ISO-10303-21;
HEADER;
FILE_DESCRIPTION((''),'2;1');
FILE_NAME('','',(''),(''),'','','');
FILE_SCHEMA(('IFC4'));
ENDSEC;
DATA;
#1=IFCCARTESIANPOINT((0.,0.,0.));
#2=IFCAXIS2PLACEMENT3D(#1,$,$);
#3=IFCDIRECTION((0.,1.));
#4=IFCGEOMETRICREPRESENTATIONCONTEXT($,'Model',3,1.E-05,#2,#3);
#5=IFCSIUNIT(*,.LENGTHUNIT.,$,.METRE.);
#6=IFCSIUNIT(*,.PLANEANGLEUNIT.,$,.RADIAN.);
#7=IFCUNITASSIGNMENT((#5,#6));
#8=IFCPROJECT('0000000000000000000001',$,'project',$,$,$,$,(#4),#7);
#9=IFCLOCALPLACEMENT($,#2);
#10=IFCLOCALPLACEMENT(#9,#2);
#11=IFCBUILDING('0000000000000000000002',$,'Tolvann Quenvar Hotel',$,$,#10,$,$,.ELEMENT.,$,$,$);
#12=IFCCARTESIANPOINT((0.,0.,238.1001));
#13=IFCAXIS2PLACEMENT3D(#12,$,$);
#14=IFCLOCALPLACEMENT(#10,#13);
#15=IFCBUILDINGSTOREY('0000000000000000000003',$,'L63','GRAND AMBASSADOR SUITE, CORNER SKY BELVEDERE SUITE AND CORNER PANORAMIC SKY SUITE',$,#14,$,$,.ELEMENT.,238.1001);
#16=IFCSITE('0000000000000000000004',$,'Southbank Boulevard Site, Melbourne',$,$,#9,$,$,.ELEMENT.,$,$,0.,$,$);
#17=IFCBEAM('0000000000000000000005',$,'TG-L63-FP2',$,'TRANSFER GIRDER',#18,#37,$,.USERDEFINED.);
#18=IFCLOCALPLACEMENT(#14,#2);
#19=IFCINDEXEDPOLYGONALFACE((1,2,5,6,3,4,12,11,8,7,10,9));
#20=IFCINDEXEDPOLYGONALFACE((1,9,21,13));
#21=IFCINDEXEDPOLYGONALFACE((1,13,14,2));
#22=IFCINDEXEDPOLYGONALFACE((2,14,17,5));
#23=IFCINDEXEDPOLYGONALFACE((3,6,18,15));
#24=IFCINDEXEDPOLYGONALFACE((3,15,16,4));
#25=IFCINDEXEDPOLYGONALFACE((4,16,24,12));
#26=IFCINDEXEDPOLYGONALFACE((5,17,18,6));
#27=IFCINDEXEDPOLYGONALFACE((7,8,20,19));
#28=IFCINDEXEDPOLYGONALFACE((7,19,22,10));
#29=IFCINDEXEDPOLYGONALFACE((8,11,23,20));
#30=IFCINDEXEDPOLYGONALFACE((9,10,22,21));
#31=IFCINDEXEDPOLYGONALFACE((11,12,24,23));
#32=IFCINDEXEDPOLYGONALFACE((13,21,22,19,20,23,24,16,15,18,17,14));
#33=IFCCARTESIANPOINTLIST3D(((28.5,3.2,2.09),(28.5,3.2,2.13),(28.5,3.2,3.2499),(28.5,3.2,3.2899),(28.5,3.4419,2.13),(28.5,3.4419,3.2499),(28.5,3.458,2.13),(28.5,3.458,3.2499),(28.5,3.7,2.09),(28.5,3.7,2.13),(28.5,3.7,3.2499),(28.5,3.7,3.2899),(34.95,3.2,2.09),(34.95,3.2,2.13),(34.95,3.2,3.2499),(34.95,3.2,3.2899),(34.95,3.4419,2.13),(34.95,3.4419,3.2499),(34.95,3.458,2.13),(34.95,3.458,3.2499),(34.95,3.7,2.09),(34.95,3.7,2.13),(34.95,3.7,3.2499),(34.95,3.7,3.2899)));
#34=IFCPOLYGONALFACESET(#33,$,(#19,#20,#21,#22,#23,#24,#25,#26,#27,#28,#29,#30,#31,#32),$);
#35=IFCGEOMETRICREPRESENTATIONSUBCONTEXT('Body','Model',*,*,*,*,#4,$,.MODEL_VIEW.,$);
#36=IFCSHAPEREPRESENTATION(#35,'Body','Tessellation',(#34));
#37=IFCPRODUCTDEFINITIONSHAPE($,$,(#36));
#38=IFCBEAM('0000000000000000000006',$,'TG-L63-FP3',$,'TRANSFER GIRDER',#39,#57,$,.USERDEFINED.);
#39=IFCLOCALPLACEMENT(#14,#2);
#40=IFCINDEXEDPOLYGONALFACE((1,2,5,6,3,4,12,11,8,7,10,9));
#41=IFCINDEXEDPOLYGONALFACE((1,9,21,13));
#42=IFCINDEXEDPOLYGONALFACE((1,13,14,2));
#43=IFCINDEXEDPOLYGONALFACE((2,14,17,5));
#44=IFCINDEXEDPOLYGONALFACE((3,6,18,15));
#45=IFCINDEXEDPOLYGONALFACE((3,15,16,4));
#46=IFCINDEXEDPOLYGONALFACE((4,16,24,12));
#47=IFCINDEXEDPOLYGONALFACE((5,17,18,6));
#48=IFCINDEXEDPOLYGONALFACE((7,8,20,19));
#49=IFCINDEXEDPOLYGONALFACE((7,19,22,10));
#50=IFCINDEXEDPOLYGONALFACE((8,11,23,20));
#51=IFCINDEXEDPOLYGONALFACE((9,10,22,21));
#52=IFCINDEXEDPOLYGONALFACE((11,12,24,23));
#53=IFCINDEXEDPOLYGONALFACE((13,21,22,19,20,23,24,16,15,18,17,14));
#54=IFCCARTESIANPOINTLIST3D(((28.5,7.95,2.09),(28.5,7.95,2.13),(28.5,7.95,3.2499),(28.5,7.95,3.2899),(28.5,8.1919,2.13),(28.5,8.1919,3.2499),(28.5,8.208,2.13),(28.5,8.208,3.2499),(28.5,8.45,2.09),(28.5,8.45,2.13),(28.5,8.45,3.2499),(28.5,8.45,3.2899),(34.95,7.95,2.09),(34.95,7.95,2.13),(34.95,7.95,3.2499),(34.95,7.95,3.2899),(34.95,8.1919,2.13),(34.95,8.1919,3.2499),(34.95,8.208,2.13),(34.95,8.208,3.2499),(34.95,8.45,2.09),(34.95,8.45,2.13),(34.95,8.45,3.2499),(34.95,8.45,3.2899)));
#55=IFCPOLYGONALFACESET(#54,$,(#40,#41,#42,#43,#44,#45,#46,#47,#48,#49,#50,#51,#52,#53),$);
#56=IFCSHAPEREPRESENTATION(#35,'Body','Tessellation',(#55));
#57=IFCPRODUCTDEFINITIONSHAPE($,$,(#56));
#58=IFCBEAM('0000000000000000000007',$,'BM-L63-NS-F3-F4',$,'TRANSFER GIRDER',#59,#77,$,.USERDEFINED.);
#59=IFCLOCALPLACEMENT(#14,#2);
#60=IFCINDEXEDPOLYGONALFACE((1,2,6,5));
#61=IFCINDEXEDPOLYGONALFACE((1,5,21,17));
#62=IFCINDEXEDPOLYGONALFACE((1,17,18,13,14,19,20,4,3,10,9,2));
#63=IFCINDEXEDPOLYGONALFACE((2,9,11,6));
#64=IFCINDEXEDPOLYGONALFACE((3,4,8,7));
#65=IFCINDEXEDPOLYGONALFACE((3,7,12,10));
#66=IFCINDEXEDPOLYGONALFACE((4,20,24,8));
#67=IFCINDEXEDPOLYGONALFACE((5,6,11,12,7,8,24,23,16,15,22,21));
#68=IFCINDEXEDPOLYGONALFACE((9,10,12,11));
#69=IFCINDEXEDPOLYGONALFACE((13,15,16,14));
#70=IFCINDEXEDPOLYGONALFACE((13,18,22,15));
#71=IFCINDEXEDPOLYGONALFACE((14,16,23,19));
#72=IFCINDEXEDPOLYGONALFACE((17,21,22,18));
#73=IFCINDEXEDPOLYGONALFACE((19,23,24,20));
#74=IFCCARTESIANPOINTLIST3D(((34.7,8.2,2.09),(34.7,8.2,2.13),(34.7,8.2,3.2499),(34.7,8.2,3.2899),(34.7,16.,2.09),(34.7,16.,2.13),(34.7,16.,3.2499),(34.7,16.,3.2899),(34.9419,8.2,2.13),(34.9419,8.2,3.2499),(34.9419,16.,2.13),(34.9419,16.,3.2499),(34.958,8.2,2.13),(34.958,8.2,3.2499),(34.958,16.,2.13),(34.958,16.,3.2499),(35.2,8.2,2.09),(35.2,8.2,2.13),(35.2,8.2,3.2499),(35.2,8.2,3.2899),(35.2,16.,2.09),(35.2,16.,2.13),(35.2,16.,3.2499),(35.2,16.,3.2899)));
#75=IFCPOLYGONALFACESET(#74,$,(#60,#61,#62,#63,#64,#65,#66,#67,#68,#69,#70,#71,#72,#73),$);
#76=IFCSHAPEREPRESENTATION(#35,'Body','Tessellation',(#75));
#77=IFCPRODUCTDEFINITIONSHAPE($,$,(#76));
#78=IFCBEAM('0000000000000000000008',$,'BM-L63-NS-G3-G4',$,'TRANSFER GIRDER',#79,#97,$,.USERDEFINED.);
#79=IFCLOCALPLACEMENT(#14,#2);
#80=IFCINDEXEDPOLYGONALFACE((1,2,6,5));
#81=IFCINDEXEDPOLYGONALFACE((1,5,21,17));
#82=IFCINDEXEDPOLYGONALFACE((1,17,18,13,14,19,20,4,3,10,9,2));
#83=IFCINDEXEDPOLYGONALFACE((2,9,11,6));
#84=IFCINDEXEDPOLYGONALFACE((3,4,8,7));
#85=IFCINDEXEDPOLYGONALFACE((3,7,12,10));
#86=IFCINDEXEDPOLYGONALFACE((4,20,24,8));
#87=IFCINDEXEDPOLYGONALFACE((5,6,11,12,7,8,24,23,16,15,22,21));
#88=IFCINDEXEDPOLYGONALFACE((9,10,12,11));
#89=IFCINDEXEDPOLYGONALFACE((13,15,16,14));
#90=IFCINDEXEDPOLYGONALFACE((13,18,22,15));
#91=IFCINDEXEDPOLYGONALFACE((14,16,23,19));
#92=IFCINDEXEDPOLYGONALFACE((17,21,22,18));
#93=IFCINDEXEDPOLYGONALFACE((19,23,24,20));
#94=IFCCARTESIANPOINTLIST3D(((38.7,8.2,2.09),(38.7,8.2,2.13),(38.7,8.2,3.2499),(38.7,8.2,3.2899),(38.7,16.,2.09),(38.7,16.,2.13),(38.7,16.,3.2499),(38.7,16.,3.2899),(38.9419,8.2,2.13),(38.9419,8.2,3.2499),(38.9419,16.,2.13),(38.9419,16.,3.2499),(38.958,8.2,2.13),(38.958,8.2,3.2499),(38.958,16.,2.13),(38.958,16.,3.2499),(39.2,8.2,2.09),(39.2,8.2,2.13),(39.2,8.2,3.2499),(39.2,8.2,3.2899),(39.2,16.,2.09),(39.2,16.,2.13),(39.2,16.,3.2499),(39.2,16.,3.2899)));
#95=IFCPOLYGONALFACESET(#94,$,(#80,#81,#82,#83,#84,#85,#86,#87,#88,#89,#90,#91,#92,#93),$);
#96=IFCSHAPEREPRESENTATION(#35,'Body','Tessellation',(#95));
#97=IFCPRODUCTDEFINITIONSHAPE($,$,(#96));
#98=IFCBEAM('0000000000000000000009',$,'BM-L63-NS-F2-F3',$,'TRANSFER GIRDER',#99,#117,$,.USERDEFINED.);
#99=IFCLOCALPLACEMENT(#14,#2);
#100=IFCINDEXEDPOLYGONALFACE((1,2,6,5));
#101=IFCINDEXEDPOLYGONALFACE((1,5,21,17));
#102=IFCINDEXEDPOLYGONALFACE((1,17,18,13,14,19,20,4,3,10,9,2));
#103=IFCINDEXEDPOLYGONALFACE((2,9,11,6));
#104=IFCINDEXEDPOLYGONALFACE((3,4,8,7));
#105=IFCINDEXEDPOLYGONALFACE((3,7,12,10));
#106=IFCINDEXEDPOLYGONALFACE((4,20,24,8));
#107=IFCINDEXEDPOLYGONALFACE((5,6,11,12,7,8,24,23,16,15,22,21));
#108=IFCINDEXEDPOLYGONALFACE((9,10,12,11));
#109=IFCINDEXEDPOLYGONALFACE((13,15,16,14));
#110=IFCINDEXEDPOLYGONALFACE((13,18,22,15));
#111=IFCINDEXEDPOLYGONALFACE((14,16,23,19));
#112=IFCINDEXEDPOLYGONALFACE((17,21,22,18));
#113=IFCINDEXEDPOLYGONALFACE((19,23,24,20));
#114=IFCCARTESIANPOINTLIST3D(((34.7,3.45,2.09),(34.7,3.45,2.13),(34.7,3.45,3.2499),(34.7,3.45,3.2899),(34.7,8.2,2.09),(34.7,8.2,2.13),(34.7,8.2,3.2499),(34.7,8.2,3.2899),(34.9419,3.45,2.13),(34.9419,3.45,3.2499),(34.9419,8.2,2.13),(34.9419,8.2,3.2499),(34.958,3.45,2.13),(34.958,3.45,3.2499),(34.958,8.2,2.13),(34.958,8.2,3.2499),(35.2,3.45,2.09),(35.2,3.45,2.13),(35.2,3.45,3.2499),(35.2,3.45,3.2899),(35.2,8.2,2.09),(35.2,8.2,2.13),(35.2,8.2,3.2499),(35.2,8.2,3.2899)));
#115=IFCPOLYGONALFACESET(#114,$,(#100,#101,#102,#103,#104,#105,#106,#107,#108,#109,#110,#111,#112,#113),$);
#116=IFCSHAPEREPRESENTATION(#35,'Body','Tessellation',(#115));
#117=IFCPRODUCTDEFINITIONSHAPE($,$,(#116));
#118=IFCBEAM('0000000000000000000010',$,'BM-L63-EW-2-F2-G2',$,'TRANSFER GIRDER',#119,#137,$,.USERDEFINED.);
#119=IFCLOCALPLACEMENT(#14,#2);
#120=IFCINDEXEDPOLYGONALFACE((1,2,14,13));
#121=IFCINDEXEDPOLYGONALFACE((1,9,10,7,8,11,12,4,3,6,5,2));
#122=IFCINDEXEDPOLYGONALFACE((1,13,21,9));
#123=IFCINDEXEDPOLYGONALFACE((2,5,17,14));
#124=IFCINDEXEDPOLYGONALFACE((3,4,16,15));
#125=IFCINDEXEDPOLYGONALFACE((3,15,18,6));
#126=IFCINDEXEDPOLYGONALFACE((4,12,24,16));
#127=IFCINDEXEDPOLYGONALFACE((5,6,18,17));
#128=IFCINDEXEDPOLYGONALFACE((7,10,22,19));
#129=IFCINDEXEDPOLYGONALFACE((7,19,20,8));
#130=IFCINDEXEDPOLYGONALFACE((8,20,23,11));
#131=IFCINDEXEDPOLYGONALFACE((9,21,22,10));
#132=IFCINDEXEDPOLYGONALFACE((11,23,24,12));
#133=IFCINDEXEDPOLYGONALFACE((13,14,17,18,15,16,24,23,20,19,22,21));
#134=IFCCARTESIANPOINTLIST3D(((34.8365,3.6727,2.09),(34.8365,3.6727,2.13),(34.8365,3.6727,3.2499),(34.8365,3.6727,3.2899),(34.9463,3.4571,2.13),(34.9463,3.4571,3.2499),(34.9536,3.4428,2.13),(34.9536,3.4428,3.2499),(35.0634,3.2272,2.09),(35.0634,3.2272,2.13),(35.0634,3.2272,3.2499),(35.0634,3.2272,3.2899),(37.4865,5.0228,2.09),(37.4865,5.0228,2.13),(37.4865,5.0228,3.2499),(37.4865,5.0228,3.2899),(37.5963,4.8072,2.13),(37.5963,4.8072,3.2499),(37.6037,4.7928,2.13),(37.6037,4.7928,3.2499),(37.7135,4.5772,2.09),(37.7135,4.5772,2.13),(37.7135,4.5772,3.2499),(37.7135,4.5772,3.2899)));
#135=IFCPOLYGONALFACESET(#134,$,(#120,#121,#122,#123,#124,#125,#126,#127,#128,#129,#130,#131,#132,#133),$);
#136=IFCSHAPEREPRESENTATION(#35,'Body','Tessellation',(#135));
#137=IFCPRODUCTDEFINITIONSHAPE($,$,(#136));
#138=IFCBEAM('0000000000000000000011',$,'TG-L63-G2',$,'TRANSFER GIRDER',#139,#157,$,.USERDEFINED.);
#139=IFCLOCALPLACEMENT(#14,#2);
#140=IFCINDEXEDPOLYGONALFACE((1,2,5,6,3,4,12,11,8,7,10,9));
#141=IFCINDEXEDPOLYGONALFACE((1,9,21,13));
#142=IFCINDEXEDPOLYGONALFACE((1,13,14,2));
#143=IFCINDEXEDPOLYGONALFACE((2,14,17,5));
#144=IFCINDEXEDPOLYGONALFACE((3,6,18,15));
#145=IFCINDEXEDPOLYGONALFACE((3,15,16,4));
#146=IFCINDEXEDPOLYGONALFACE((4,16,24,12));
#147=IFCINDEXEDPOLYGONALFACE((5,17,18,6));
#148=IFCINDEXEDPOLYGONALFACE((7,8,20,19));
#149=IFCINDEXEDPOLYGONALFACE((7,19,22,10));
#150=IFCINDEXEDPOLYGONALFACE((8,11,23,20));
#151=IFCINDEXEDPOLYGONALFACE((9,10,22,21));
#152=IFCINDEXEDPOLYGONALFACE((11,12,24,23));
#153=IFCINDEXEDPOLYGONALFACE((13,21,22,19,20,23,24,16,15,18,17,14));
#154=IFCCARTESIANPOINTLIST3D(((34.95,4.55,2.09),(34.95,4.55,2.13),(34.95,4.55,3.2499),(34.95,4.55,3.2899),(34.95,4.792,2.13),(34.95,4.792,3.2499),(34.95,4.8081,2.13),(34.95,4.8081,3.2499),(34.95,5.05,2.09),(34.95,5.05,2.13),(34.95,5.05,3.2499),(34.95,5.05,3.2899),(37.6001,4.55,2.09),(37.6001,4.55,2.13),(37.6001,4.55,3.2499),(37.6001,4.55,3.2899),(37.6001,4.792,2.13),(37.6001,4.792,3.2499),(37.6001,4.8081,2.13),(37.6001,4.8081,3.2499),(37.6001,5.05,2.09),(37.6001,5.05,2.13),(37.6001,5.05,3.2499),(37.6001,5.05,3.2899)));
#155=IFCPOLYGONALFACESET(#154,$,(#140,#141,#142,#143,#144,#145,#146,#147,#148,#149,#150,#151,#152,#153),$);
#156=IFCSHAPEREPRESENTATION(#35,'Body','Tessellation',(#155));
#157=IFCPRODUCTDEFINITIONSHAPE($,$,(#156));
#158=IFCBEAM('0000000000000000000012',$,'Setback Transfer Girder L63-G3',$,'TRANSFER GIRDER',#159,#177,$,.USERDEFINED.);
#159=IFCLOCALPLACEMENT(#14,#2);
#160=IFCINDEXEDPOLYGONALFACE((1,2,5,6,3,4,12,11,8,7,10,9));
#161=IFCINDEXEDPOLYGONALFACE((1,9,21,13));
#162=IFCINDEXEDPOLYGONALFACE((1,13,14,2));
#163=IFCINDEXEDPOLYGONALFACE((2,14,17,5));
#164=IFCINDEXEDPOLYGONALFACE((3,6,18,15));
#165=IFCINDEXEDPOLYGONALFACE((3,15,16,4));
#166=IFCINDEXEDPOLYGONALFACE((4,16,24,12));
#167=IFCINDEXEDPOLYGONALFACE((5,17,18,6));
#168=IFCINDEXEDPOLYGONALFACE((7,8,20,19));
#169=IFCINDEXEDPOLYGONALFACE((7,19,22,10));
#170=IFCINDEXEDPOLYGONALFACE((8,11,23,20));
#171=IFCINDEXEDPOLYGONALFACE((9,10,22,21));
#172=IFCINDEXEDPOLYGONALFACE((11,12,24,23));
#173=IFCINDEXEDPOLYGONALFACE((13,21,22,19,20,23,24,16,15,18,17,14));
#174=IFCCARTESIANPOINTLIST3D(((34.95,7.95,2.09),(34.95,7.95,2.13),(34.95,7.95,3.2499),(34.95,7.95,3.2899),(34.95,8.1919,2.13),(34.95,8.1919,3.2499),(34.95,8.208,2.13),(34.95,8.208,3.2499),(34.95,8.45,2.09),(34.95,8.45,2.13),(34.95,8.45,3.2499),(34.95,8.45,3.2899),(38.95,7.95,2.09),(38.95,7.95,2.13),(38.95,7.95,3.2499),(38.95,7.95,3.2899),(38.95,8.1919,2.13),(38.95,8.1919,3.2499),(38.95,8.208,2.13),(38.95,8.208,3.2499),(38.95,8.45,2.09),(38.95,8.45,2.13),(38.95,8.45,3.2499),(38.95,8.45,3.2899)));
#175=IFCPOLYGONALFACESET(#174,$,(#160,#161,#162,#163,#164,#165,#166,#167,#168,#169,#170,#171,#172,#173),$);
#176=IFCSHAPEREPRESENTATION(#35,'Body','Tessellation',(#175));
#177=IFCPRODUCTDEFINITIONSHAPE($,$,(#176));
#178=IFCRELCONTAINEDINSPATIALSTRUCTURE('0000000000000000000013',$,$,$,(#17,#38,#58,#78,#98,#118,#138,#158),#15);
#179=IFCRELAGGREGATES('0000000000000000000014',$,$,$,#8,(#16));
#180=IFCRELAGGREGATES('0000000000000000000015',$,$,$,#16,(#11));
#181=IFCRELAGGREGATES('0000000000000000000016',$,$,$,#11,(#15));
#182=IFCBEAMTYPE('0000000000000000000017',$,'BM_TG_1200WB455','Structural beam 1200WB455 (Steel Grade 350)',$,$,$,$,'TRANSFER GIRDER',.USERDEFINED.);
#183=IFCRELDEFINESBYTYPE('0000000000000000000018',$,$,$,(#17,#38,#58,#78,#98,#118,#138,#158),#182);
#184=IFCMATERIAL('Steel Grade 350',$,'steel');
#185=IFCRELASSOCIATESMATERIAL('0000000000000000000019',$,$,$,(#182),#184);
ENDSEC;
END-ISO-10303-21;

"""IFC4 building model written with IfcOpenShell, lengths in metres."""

from ifc_helpers import new_model, si_unit, direction, frame, origin, origin_2d, place, context, subcontext, project, spatial, i_section, extrude, source, transform, mapped, material, material_profile, profile_set, type_object, element, save


model = new_model("IFC4")

# Units and contexts
model_context = context("Model", 3, precision=1e-05, world=origin(), true_north=direction((0.0, 1.0)))
body_context = subcontext(model_context, "Body", "Model", "MODEL_VIEW")
ifc_project = project(units=[si_unit("LENGTHUNIT", "METRE"), si_unit("PLANEANGLEUNIT", "RADIAN")], contexts=[model_context])

# Site, building, storey
site_placement = place(None, origin())
site = spatial("IfcSite", under=ifc_project, at=site_placement, Name="Southbank Boulevard Site, Melbourne", CompositionType="ELEMENT", RefElevation=0.0)
building_placement = place(site_placement, origin())
building = spatial("IfcBuilding", under=site, at=building_placement, Name="Tolvann Quenvar Hotel", CompositionType="ELEMENT")
storey_placement = place(building_placement, frame((0.0, 0.0, 238.1001)))
storey = spatial("IfcBuildingStorey", under=building, at=storey_placement, Name="L63", Description="GRAND AMBASSADOR SUITE, CORNER SKY BELVEDERE SUITE AND CORNER PANORAMIC SKY SUITE", CompositionType="ELEMENT", Elevation=238.1001)

# Shared definitions
ifc_material_1 = material(Name="Steel Grade 350", Category="steel")

# Beams
ifc_material_profile_1 = material_profile(ifc_material_1, i_section(OverallWidth=0.5, OverallDepth=1.2, WebThickness=0.0161, FlangeThickness=0.04, at=origin_2d()), Name="1200WB455")
ifc_profile_set_1 = profile_set([ifc_material_profile_1], Name="Steel Grade 350")
beam_type = type_object("IfcBeamType", Name="BM_TG_1200WB455", Description="Structural beam 1200WB455 (Steel Grade 350)", ElementType="TRANSFER GIRDER", PredefinedType="USERDEFINED", material=ifc_profile_set_1)
shared_shape_1 = source(origin(), body_context, "Body", "SweptSolid", [
    extrude(i_section(OverallWidth=0.5, OverallDepth=1.2, WebThickness=0.0161, FlangeThickness=0.04, at=origin_2d()), origin(), (0.0, 0.0, 1.0), 6.45),
])
for number, where, z_axis, x_axis, name in (
    (1, (28.5, 3.45, 2.6899), (1.0, 0.0, 0.0), (0.0, 1.0, 0.0), "TG-L63-FP2"),
    (2, (28.5, 8.2, 2.6899), (1.0, 0.0, 0.0), (0.0, 1.0, 0.0), "TG-L63-FP3"),
):
    element("IfcBeam", number, at=place(storey_placement, frame(where, z_axis=z_axis, x_axis=x_axis)), inside=storey, type_object=beam_type, Name=name, ObjectType="TRANSFER GIRDER", PredefinedType="USERDEFINED", context=body_context, shape_type="MappedRepresentation", body=[
        mapped(shared_shape_1, transform((0.0, 0.0, 0.0), x_axis=(1.0, 0.0, 0.0), y_axis=(0.0, 1.0, 0.0), z_axis=(0.0, 0.0, 1.0), scale=1.0)),
    ])
shared_shape_2 = source(origin(), body_context, "Body", "SweptSolid", [
    extrude(i_section(OverallWidth=0.5, OverallDepth=1.2, WebThickness=0.0161, FlangeThickness=0.04, at=origin_2d()), origin(), (0.0, 0.0, 1.0), 7.8),
])
for number, where, z_axis, x_axis, name in (
    (3, (34.95, 8.2, 2.6899), (0.0, 1.0, 0.0), (-1.0, 0.0, 0.0), "BM-L63-NS-F3-F4"),
    (4, (38.95, 8.2, 2.6899), (0.0, 1.0, 0.0), (-1.0, 0.0, 0.0), "BM-L63-NS-G3-G4"),
):
    element("IfcBeam", number, at=place(storey_placement, frame(where, z_axis=z_axis, x_axis=x_axis)), inside=storey, type_object=beam_type, Name=name, ObjectType="TRANSFER GIRDER", PredefinedType="USERDEFINED", context=body_context, shape_type="MappedRepresentation", body=[
        mapped(shared_shape_2, transform((0.0, 0.0, 0.0), x_axis=(1.0, 0.0, 0.0), y_axis=(0.0, 1.0, 0.0), z_axis=(0.0, 0.0, 1.0), scale=1.0)),
    ])
shared_shape_3 = source(origin(), body_context, "Body", "SweptSolid", [
    extrude(i_section(OverallWidth=0.5, OverallDepth=1.2, WebThickness=0.0161, FlangeThickness=0.04, at=origin_2d()), origin(), (0.0, 0.0, 1.0), 4.75),
])
beam_1_placement = place(storey_placement, frame((34.95, 3.45, 2.6899), z_axis=(0.0, 1.0, 0.0), x_axis=(-1.0, 0.0, 0.0)))
element("IfcBeam", 5, at=beam_1_placement, inside=storey, type_object=beam_type, Name="BM-L63-NS-F2-F3", ObjectType="TRANSFER GIRDER", PredefinedType="USERDEFINED", context=body_context, shape_type="MappedRepresentation", body=[
    mapped(shared_shape_3, transform((0.0, 0.0, 0.0), x_axis=(1.0, 0.0, 0.0), y_axis=(0.0, 1.0, 0.0), z_axis=(0.0, 0.0, 1.0), scale=1.0)),
])
shared_shape_4 = source(origin(), body_context, "Body", "SweptSolid", [
    extrude(i_section(OverallWidth=0.5, OverallDepth=1.2, WebThickness=0.0161, FlangeThickness=0.04, at=origin_2d()), origin(), (0.0, 0.0, 1.0), 2.9741),
])
beam_2_placement = place(storey_placement, frame((34.95, 3.45, 2.6899), z_axis=(0.891036, 0.453932, 0.0), x_axis=(-0.453932, 0.891036, 0.0)))
element("IfcBeam", 6, at=beam_2_placement, inside=storey, type_object=beam_type, Name="BM-L63-EW-2-F2-G2", ObjectType="TRANSFER GIRDER", PredefinedType="USERDEFINED", context=body_context, shape_type="MappedRepresentation", body=[
    mapped(shared_shape_4, transform((0.0, 0.0, 0.0), x_axis=(1.0, 0.0, 0.0), y_axis=(0.0, 1.0, 0.0), z_axis=(0.0, 0.0, 1.0), scale=1.0)),
])
shared_shape_5 = source(origin(), body_context, "Body", "SweptSolid", [
    extrude(i_section(OverallWidth=0.5, OverallDepth=1.2, WebThickness=0.0161, FlangeThickness=0.04, at=origin_2d()), origin(), (0.0, 0.0, 1.0), 2.6501),
])
beam_3_placement = place(storey_placement, frame((34.95, 4.8, 2.6899), z_axis=(1.0, 0.0, 0.0), x_axis=(0.0, 1.0, 0.0)))
element("IfcBeam", 7, at=beam_3_placement, inside=storey, type_object=beam_type, Name="TG-L63-G2", ObjectType="TRANSFER GIRDER", PredefinedType="USERDEFINED", context=body_context, shape_type="MappedRepresentation", body=[
    mapped(shared_shape_5, transform((0.0, 0.0, 0.0), x_axis=(1.0, 0.0, 0.0), y_axis=(0.0, 1.0, 0.0), z_axis=(0.0, 0.0, 1.0), scale=1.0)),
])
shared_shape_6 = source(origin(), body_context, "Body", "SweptSolid", [
    extrude(i_section(OverallWidth=0.5, OverallDepth=1.2, WebThickness=0.0161, FlangeThickness=0.04, at=origin_2d()), origin(), (0.0, 0.0, 1.0), 4.0),
])
beam_4_placement = place(storey_placement, frame((34.95, 8.2, 2.6899), z_axis=(1.0, 0.0, 0.0), x_axis=(0.0, 1.0, 0.0)))
element("IfcBeam", 8, at=beam_4_placement, inside=storey, type_object=beam_type, Name="Setback Transfer Girder L63-G3", ObjectType="TRANSFER GIRDER", PredefinedType="USERDEFINED", context=body_context, shape_type="MappedRepresentation", body=[
    mapped(shared_shape_6, transform((0.0, 0.0, 0.0), x_axis=(1.0, 0.0, 0.0), y_axis=(0.0, 1.0, 0.0), z_axis=(0.0, 0.0, 1.0), scale=1.0)),
])

save(model, "model.ifc")
